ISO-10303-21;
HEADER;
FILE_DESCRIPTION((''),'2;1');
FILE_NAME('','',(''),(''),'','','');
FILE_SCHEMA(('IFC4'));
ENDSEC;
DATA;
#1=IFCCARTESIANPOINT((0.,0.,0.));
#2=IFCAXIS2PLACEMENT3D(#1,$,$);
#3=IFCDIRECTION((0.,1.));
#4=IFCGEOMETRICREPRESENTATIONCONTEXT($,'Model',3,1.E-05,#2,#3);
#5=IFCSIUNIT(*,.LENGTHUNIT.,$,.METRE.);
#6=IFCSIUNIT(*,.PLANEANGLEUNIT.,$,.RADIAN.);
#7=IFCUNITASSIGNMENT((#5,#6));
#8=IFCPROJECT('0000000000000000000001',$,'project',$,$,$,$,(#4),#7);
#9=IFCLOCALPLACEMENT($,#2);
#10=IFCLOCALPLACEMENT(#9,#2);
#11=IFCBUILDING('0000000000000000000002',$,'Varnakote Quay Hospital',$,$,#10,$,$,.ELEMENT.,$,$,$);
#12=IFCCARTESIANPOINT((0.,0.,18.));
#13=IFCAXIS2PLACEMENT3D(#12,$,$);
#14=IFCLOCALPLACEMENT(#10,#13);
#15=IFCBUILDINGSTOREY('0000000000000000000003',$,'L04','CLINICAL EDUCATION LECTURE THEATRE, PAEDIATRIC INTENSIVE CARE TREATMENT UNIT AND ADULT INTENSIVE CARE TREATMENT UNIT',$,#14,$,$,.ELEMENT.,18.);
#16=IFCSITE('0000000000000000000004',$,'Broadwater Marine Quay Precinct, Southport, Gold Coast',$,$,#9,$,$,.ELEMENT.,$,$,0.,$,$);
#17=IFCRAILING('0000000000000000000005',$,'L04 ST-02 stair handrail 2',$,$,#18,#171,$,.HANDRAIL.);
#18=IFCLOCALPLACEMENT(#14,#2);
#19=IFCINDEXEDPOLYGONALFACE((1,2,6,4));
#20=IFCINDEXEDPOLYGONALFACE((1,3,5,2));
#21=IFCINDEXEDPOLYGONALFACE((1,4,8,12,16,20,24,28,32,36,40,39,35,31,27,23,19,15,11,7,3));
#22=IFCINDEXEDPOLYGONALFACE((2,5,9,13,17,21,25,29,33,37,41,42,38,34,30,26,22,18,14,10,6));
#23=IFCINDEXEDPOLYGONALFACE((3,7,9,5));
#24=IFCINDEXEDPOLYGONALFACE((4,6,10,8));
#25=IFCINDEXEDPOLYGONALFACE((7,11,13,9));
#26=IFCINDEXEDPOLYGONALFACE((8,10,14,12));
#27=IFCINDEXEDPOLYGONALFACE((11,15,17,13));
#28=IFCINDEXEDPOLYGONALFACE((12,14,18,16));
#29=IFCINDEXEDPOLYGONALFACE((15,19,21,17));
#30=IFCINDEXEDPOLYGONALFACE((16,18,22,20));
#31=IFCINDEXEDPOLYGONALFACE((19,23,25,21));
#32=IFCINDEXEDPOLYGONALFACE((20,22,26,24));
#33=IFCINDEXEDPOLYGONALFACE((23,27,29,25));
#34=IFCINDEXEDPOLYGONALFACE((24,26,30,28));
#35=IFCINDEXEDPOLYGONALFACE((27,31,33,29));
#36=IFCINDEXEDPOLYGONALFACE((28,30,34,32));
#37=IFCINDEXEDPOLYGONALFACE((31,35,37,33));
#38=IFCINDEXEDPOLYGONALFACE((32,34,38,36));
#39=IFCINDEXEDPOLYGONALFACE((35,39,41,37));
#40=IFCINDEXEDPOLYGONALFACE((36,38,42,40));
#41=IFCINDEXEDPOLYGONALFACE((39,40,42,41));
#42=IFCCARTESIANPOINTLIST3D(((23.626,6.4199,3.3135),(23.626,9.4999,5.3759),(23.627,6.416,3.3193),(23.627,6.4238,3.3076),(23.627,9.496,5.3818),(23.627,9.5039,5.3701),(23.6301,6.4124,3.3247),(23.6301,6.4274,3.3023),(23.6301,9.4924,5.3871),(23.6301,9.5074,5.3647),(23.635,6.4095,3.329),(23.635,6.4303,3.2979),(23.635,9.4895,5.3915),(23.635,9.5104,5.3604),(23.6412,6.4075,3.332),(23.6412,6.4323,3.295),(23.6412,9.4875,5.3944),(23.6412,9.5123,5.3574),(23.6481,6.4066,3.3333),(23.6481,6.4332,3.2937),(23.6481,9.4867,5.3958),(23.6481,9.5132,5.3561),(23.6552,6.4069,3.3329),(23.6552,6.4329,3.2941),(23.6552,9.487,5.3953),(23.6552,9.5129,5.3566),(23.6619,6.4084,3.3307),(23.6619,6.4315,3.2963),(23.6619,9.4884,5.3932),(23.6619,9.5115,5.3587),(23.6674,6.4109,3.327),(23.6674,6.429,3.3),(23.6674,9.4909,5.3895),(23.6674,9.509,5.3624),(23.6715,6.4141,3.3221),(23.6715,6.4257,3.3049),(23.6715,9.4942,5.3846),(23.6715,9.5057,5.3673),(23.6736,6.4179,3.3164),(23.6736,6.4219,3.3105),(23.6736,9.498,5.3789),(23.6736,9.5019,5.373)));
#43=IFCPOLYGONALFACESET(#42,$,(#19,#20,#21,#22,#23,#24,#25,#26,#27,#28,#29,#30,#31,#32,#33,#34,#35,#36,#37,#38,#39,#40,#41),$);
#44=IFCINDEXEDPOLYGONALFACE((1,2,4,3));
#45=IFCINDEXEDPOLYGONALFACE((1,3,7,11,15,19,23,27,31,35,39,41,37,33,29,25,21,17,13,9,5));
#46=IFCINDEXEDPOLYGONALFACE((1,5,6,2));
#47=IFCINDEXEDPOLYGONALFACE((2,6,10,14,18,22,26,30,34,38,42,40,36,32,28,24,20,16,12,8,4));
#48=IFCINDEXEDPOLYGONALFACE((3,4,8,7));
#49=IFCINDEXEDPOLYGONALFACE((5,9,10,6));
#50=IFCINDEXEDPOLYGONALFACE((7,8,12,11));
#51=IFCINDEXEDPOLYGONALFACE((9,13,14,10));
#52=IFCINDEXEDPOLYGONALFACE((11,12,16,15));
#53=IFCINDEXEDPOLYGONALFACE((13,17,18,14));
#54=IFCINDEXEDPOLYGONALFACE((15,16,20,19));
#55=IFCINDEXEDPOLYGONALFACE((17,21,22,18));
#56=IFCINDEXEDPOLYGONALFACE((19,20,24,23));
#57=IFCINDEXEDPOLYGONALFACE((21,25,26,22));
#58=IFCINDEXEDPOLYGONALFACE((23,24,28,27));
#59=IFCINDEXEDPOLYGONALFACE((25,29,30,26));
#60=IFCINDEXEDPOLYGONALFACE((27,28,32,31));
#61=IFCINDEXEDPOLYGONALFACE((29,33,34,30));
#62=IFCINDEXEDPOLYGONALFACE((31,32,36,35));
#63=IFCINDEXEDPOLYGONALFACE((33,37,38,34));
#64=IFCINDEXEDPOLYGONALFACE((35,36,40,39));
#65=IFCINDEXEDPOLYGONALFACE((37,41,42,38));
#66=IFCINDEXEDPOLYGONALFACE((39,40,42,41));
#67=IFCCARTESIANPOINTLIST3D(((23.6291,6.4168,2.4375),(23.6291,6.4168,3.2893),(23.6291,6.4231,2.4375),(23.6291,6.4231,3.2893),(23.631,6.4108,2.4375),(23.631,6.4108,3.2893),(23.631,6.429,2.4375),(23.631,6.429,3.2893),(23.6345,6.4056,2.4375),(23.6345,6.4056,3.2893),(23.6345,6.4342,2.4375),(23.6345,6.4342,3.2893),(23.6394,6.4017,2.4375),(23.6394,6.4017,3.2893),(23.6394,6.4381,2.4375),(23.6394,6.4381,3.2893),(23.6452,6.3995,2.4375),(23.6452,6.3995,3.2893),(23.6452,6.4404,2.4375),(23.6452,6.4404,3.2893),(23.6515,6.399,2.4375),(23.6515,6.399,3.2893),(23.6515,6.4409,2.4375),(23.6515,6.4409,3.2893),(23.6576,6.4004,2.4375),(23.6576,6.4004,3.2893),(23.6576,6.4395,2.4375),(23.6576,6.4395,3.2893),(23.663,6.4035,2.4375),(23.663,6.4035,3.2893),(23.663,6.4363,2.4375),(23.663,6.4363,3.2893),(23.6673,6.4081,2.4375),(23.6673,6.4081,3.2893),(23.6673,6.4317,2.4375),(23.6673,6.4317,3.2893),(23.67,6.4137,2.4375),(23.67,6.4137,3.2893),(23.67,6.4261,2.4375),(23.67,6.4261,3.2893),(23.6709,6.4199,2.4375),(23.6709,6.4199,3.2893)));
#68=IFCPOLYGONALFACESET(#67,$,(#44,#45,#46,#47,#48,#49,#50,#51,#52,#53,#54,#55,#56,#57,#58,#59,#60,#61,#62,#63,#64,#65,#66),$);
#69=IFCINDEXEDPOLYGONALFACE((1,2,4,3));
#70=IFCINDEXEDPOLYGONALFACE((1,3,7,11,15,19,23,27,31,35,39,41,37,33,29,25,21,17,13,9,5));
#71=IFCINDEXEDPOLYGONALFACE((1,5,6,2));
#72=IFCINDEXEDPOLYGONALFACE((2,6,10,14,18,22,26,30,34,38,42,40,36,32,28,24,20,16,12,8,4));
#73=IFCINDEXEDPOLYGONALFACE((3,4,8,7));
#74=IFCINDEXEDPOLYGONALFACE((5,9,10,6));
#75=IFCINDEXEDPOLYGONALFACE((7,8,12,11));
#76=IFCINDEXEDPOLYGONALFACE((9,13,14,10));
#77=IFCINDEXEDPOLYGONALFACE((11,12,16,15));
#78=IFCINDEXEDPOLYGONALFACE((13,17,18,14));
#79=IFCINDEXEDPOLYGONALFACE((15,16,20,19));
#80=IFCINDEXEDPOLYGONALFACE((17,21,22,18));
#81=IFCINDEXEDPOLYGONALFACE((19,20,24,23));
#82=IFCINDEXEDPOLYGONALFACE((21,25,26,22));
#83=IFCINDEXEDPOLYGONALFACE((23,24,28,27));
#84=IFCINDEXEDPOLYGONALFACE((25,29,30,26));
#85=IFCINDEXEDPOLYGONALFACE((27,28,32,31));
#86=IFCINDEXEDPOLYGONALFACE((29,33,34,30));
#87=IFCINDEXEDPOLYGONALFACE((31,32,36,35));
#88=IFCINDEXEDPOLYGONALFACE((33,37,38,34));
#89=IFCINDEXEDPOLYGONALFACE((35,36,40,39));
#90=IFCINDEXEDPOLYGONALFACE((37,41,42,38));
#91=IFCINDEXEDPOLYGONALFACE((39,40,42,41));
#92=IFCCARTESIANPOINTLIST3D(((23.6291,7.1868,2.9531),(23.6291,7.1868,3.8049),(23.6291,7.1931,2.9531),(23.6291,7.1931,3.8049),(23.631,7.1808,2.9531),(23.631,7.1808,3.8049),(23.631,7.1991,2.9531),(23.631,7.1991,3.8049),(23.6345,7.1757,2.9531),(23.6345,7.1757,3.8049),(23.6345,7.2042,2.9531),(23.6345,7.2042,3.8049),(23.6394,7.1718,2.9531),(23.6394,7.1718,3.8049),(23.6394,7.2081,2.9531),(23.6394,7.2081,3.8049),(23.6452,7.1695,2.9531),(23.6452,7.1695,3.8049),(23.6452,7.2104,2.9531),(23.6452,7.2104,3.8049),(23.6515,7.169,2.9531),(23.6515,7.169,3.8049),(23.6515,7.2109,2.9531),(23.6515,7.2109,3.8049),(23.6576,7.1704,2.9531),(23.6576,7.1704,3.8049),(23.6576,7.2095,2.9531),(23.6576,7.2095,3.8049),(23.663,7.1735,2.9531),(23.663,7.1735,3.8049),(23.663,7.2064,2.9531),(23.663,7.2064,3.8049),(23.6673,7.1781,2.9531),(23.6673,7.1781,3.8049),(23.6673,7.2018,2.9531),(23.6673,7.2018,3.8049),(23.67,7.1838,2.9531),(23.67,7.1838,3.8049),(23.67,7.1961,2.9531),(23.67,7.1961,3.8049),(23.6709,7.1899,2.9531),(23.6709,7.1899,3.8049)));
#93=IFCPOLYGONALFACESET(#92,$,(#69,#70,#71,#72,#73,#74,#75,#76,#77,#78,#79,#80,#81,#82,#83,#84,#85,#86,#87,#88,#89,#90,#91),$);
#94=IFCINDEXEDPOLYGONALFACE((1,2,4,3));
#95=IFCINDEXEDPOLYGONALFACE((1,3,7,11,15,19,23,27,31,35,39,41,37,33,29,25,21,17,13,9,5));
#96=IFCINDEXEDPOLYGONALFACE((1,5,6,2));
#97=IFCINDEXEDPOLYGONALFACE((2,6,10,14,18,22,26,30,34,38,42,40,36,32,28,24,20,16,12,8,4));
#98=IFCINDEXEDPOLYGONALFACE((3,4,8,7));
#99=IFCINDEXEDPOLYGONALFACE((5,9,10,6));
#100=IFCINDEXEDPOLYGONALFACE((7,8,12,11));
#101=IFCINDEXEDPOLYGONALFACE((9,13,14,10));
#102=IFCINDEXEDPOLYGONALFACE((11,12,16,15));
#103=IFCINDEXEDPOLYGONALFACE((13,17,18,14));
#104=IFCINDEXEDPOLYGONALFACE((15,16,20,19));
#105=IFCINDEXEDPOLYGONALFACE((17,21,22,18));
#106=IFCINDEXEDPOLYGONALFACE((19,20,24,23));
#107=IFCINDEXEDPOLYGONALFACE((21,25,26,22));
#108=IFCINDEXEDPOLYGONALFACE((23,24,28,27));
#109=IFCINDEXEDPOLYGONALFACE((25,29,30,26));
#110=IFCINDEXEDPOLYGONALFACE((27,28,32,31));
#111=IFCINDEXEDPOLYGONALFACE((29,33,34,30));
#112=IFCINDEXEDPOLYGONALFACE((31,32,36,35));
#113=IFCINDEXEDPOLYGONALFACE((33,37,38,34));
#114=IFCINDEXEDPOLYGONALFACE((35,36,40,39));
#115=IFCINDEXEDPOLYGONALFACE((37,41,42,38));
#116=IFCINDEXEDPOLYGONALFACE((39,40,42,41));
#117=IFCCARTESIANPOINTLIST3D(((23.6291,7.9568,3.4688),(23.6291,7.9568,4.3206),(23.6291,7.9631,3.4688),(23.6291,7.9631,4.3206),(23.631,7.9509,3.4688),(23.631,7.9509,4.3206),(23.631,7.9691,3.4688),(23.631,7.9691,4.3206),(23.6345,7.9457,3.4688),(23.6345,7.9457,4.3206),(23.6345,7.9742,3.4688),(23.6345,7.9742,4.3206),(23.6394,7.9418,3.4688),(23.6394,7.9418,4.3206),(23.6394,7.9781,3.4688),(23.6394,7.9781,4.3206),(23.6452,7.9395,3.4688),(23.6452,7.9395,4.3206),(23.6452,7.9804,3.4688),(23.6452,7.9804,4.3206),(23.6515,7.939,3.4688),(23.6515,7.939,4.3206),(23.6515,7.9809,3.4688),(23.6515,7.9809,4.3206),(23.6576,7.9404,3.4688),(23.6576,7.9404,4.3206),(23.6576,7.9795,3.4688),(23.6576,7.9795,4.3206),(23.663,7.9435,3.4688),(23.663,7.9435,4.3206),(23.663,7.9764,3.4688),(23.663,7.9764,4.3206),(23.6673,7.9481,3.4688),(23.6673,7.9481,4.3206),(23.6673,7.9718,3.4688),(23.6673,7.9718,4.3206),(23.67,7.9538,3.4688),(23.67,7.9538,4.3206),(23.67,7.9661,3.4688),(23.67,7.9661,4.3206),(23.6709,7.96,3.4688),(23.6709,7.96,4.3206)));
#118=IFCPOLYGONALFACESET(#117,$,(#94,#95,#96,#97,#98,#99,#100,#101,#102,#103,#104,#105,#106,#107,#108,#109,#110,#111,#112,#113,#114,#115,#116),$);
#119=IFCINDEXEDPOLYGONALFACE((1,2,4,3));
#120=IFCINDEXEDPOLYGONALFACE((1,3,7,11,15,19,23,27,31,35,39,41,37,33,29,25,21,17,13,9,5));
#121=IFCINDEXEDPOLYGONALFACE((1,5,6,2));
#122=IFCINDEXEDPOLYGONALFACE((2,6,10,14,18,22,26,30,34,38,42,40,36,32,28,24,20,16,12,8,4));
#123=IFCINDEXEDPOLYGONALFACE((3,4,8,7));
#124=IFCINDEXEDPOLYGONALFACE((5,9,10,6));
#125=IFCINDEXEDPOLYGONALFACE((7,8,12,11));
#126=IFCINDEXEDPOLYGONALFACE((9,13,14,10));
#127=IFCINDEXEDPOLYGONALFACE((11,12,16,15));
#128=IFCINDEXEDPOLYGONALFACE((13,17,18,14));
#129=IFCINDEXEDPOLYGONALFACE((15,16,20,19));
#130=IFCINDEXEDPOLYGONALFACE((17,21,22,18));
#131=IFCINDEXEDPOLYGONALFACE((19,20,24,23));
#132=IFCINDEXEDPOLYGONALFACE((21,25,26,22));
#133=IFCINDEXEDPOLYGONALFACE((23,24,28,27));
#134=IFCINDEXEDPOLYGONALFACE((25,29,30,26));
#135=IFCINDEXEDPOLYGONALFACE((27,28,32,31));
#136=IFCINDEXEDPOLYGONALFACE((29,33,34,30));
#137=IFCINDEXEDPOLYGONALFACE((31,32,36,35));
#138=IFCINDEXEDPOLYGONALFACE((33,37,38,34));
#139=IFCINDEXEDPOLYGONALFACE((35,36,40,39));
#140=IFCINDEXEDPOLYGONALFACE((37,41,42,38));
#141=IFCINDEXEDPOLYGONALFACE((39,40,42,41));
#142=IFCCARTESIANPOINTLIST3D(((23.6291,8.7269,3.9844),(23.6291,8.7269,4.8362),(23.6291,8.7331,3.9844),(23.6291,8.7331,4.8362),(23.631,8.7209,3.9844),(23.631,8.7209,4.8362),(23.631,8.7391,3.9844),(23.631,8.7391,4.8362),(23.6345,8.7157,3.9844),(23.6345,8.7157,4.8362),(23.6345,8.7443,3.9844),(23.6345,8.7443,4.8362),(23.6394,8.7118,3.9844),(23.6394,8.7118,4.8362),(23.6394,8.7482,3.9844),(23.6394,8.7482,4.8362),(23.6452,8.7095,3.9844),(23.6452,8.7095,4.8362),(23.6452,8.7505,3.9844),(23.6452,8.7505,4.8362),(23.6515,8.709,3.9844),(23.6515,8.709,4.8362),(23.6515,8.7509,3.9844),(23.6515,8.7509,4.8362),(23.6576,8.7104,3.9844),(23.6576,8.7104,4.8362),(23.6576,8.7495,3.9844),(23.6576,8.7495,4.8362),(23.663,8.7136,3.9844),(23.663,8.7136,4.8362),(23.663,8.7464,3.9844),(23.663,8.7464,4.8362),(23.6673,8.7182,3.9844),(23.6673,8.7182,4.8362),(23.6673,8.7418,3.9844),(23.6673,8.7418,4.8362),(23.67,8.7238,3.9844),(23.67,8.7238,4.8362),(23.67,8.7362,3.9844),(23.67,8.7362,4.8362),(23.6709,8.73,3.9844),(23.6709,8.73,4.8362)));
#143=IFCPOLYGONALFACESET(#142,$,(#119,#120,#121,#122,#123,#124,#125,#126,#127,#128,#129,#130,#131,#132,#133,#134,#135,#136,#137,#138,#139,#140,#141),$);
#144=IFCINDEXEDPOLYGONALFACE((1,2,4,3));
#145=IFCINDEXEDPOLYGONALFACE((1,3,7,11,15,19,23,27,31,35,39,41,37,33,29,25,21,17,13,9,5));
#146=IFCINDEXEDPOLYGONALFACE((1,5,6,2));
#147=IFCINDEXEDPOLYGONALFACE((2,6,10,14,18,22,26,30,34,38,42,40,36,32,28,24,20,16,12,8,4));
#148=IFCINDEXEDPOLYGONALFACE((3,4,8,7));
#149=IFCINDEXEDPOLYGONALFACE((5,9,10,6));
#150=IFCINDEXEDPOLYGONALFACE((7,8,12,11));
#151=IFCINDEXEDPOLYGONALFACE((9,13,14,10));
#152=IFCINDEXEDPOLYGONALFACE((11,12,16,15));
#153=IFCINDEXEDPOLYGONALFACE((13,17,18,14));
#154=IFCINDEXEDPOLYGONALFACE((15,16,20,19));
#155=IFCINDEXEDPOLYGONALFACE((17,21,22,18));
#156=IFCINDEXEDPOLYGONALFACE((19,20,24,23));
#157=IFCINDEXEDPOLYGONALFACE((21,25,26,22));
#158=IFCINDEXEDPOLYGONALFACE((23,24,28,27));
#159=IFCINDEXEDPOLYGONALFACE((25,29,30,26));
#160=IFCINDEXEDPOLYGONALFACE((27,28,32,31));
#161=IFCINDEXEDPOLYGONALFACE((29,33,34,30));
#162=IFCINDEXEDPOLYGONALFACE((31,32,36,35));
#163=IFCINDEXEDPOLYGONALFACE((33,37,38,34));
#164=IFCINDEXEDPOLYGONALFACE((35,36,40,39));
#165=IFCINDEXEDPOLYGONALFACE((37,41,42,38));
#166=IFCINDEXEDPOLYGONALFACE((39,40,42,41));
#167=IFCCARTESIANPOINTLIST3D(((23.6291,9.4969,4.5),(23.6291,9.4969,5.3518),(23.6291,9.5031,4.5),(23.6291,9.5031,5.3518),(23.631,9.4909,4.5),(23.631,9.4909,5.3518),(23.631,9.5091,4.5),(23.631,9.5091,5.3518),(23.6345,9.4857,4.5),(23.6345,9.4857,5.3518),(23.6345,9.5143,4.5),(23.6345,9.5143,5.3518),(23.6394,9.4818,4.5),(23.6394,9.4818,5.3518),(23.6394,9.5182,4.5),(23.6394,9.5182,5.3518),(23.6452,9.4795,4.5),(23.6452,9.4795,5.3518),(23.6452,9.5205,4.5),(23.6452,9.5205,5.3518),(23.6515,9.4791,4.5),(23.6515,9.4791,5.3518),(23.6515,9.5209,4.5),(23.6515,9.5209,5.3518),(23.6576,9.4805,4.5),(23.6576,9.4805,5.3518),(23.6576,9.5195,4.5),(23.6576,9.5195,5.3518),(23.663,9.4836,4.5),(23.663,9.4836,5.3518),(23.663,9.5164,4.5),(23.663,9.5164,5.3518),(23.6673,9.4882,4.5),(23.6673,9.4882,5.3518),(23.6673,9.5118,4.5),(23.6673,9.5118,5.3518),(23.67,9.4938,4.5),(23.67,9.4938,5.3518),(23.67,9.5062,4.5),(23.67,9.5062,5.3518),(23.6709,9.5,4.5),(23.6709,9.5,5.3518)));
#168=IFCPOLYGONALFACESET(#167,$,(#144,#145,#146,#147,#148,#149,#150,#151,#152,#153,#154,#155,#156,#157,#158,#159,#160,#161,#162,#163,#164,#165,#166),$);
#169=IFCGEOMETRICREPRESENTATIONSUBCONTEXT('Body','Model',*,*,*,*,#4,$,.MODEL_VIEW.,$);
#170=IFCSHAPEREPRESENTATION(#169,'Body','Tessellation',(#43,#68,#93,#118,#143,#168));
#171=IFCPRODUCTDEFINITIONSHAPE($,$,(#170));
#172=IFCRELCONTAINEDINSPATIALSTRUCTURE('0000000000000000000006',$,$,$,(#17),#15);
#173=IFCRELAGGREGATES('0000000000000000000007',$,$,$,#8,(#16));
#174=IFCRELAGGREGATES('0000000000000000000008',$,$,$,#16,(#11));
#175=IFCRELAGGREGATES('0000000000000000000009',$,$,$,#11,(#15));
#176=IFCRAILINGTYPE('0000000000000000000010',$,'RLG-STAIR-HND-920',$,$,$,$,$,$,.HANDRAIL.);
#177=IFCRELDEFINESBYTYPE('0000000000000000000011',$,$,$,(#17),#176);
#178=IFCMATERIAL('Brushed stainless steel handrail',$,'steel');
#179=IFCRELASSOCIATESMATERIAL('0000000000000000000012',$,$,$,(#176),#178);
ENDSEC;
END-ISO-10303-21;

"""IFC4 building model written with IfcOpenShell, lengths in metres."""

from ifc_helpers import new_model, si_unit, direction, frame, origin, origin_2d, place, context, subcontext, project, spatial, circle, extrude, material, type_object, element, save


model = new_model("IFC4")

# Units and contexts
model_context = context("Model", 3, precision=1e-05, world=origin(), true_north=direction((0.0, 1.0)))
body_context = subcontext(model_context, "Body", "Model", "MODEL_VIEW")
ifc_project = project(units=[si_unit("LENGTHUNIT", "METRE"), si_unit("PLANEANGLEUNIT", "RADIAN")], contexts=[model_context])

# Site, building, storey
site_placement = place(None, origin())
site = spatial("IfcSite", under=ifc_project, at=site_placement, Name="Broadwater Marine Quay Precinct, Southport, Gold Coast", CompositionType="ELEMENT", RefElevation=0.0)
building_placement = place(site_placement, origin())
building = spatial("IfcBuilding", under=site, at=building_placement, Name="Varnakote Quay Hospital", CompositionType="ELEMENT")
storey_placement = place(building_placement, frame((0.0, 0.0, 18.0)))
storey = spatial("IfcBuildingStorey", under=building, at=storey_placement, Name="L04", Description="CLINICAL EDUCATION LECTURE THEATRE, PAEDIATRIC INTENSIVE CARE TREATMENT UNIT AND ADULT INTENSIVE CARE TREATMENT UNIT", CompositionType="ELEMENT", Elevation=18.0)

# Railing
ifc_material_1 = material(Name="Brushed stainless steel handrail", Category="steel")
railing_type = type_object("IfcRailingType", Name="RLG-STAIR-HND-920", PredefinedType="HANDRAIL", material=ifc_material_1)
railing_placement = place(storey_placement, frame((23.6499, 6.4199, 2.4375)))
element("IfcRailing", 1, at=railing_placement, inside=storey, type_object=railing_type, Name="L04 ST-02 stair handrail 2", PredefinedType="HANDRAIL", context=body_context, shape_type="SweptSolid", body=[
    extrude(circle(Radius=0.0239, at=origin_2d()), frame((0.0, 0.0, 0.876), z_axis=(0.0, 0.830914, 0.556401), x_axis=(-1.0, 0.0, 0.0)), (0.0, 0.0, 1.0), 3.7068),
    extrude(circle(Radius=0.021, at=origin_2d()), origin(), (0.0, 0.0, 1.0), 0.8518),
    extrude(circle(Radius=0.021, at=origin_2d()), frame((0.0, 0.77, 0.5156)), (0.0, 0.0, 1.0), 0.8518),
    extrude(circle(Radius=0.021, at=origin_2d()), frame((0.0, 1.54, 1.0312)), (0.0, 0.0, 1.0), 0.8518),
    extrude(circle(Radius=0.021, at=origin_2d()), frame((0.0, 2.3101, 1.5469)), (0.0, 0.0, 1.0), 0.8518),
    extrude(circle(Radius=0.021, at=origin_2d()), frame((0.0, 3.0801, 2.0625)), (0.0, 0.0, 1.0), 0.8518),
])

save(model, "model.ifc")
